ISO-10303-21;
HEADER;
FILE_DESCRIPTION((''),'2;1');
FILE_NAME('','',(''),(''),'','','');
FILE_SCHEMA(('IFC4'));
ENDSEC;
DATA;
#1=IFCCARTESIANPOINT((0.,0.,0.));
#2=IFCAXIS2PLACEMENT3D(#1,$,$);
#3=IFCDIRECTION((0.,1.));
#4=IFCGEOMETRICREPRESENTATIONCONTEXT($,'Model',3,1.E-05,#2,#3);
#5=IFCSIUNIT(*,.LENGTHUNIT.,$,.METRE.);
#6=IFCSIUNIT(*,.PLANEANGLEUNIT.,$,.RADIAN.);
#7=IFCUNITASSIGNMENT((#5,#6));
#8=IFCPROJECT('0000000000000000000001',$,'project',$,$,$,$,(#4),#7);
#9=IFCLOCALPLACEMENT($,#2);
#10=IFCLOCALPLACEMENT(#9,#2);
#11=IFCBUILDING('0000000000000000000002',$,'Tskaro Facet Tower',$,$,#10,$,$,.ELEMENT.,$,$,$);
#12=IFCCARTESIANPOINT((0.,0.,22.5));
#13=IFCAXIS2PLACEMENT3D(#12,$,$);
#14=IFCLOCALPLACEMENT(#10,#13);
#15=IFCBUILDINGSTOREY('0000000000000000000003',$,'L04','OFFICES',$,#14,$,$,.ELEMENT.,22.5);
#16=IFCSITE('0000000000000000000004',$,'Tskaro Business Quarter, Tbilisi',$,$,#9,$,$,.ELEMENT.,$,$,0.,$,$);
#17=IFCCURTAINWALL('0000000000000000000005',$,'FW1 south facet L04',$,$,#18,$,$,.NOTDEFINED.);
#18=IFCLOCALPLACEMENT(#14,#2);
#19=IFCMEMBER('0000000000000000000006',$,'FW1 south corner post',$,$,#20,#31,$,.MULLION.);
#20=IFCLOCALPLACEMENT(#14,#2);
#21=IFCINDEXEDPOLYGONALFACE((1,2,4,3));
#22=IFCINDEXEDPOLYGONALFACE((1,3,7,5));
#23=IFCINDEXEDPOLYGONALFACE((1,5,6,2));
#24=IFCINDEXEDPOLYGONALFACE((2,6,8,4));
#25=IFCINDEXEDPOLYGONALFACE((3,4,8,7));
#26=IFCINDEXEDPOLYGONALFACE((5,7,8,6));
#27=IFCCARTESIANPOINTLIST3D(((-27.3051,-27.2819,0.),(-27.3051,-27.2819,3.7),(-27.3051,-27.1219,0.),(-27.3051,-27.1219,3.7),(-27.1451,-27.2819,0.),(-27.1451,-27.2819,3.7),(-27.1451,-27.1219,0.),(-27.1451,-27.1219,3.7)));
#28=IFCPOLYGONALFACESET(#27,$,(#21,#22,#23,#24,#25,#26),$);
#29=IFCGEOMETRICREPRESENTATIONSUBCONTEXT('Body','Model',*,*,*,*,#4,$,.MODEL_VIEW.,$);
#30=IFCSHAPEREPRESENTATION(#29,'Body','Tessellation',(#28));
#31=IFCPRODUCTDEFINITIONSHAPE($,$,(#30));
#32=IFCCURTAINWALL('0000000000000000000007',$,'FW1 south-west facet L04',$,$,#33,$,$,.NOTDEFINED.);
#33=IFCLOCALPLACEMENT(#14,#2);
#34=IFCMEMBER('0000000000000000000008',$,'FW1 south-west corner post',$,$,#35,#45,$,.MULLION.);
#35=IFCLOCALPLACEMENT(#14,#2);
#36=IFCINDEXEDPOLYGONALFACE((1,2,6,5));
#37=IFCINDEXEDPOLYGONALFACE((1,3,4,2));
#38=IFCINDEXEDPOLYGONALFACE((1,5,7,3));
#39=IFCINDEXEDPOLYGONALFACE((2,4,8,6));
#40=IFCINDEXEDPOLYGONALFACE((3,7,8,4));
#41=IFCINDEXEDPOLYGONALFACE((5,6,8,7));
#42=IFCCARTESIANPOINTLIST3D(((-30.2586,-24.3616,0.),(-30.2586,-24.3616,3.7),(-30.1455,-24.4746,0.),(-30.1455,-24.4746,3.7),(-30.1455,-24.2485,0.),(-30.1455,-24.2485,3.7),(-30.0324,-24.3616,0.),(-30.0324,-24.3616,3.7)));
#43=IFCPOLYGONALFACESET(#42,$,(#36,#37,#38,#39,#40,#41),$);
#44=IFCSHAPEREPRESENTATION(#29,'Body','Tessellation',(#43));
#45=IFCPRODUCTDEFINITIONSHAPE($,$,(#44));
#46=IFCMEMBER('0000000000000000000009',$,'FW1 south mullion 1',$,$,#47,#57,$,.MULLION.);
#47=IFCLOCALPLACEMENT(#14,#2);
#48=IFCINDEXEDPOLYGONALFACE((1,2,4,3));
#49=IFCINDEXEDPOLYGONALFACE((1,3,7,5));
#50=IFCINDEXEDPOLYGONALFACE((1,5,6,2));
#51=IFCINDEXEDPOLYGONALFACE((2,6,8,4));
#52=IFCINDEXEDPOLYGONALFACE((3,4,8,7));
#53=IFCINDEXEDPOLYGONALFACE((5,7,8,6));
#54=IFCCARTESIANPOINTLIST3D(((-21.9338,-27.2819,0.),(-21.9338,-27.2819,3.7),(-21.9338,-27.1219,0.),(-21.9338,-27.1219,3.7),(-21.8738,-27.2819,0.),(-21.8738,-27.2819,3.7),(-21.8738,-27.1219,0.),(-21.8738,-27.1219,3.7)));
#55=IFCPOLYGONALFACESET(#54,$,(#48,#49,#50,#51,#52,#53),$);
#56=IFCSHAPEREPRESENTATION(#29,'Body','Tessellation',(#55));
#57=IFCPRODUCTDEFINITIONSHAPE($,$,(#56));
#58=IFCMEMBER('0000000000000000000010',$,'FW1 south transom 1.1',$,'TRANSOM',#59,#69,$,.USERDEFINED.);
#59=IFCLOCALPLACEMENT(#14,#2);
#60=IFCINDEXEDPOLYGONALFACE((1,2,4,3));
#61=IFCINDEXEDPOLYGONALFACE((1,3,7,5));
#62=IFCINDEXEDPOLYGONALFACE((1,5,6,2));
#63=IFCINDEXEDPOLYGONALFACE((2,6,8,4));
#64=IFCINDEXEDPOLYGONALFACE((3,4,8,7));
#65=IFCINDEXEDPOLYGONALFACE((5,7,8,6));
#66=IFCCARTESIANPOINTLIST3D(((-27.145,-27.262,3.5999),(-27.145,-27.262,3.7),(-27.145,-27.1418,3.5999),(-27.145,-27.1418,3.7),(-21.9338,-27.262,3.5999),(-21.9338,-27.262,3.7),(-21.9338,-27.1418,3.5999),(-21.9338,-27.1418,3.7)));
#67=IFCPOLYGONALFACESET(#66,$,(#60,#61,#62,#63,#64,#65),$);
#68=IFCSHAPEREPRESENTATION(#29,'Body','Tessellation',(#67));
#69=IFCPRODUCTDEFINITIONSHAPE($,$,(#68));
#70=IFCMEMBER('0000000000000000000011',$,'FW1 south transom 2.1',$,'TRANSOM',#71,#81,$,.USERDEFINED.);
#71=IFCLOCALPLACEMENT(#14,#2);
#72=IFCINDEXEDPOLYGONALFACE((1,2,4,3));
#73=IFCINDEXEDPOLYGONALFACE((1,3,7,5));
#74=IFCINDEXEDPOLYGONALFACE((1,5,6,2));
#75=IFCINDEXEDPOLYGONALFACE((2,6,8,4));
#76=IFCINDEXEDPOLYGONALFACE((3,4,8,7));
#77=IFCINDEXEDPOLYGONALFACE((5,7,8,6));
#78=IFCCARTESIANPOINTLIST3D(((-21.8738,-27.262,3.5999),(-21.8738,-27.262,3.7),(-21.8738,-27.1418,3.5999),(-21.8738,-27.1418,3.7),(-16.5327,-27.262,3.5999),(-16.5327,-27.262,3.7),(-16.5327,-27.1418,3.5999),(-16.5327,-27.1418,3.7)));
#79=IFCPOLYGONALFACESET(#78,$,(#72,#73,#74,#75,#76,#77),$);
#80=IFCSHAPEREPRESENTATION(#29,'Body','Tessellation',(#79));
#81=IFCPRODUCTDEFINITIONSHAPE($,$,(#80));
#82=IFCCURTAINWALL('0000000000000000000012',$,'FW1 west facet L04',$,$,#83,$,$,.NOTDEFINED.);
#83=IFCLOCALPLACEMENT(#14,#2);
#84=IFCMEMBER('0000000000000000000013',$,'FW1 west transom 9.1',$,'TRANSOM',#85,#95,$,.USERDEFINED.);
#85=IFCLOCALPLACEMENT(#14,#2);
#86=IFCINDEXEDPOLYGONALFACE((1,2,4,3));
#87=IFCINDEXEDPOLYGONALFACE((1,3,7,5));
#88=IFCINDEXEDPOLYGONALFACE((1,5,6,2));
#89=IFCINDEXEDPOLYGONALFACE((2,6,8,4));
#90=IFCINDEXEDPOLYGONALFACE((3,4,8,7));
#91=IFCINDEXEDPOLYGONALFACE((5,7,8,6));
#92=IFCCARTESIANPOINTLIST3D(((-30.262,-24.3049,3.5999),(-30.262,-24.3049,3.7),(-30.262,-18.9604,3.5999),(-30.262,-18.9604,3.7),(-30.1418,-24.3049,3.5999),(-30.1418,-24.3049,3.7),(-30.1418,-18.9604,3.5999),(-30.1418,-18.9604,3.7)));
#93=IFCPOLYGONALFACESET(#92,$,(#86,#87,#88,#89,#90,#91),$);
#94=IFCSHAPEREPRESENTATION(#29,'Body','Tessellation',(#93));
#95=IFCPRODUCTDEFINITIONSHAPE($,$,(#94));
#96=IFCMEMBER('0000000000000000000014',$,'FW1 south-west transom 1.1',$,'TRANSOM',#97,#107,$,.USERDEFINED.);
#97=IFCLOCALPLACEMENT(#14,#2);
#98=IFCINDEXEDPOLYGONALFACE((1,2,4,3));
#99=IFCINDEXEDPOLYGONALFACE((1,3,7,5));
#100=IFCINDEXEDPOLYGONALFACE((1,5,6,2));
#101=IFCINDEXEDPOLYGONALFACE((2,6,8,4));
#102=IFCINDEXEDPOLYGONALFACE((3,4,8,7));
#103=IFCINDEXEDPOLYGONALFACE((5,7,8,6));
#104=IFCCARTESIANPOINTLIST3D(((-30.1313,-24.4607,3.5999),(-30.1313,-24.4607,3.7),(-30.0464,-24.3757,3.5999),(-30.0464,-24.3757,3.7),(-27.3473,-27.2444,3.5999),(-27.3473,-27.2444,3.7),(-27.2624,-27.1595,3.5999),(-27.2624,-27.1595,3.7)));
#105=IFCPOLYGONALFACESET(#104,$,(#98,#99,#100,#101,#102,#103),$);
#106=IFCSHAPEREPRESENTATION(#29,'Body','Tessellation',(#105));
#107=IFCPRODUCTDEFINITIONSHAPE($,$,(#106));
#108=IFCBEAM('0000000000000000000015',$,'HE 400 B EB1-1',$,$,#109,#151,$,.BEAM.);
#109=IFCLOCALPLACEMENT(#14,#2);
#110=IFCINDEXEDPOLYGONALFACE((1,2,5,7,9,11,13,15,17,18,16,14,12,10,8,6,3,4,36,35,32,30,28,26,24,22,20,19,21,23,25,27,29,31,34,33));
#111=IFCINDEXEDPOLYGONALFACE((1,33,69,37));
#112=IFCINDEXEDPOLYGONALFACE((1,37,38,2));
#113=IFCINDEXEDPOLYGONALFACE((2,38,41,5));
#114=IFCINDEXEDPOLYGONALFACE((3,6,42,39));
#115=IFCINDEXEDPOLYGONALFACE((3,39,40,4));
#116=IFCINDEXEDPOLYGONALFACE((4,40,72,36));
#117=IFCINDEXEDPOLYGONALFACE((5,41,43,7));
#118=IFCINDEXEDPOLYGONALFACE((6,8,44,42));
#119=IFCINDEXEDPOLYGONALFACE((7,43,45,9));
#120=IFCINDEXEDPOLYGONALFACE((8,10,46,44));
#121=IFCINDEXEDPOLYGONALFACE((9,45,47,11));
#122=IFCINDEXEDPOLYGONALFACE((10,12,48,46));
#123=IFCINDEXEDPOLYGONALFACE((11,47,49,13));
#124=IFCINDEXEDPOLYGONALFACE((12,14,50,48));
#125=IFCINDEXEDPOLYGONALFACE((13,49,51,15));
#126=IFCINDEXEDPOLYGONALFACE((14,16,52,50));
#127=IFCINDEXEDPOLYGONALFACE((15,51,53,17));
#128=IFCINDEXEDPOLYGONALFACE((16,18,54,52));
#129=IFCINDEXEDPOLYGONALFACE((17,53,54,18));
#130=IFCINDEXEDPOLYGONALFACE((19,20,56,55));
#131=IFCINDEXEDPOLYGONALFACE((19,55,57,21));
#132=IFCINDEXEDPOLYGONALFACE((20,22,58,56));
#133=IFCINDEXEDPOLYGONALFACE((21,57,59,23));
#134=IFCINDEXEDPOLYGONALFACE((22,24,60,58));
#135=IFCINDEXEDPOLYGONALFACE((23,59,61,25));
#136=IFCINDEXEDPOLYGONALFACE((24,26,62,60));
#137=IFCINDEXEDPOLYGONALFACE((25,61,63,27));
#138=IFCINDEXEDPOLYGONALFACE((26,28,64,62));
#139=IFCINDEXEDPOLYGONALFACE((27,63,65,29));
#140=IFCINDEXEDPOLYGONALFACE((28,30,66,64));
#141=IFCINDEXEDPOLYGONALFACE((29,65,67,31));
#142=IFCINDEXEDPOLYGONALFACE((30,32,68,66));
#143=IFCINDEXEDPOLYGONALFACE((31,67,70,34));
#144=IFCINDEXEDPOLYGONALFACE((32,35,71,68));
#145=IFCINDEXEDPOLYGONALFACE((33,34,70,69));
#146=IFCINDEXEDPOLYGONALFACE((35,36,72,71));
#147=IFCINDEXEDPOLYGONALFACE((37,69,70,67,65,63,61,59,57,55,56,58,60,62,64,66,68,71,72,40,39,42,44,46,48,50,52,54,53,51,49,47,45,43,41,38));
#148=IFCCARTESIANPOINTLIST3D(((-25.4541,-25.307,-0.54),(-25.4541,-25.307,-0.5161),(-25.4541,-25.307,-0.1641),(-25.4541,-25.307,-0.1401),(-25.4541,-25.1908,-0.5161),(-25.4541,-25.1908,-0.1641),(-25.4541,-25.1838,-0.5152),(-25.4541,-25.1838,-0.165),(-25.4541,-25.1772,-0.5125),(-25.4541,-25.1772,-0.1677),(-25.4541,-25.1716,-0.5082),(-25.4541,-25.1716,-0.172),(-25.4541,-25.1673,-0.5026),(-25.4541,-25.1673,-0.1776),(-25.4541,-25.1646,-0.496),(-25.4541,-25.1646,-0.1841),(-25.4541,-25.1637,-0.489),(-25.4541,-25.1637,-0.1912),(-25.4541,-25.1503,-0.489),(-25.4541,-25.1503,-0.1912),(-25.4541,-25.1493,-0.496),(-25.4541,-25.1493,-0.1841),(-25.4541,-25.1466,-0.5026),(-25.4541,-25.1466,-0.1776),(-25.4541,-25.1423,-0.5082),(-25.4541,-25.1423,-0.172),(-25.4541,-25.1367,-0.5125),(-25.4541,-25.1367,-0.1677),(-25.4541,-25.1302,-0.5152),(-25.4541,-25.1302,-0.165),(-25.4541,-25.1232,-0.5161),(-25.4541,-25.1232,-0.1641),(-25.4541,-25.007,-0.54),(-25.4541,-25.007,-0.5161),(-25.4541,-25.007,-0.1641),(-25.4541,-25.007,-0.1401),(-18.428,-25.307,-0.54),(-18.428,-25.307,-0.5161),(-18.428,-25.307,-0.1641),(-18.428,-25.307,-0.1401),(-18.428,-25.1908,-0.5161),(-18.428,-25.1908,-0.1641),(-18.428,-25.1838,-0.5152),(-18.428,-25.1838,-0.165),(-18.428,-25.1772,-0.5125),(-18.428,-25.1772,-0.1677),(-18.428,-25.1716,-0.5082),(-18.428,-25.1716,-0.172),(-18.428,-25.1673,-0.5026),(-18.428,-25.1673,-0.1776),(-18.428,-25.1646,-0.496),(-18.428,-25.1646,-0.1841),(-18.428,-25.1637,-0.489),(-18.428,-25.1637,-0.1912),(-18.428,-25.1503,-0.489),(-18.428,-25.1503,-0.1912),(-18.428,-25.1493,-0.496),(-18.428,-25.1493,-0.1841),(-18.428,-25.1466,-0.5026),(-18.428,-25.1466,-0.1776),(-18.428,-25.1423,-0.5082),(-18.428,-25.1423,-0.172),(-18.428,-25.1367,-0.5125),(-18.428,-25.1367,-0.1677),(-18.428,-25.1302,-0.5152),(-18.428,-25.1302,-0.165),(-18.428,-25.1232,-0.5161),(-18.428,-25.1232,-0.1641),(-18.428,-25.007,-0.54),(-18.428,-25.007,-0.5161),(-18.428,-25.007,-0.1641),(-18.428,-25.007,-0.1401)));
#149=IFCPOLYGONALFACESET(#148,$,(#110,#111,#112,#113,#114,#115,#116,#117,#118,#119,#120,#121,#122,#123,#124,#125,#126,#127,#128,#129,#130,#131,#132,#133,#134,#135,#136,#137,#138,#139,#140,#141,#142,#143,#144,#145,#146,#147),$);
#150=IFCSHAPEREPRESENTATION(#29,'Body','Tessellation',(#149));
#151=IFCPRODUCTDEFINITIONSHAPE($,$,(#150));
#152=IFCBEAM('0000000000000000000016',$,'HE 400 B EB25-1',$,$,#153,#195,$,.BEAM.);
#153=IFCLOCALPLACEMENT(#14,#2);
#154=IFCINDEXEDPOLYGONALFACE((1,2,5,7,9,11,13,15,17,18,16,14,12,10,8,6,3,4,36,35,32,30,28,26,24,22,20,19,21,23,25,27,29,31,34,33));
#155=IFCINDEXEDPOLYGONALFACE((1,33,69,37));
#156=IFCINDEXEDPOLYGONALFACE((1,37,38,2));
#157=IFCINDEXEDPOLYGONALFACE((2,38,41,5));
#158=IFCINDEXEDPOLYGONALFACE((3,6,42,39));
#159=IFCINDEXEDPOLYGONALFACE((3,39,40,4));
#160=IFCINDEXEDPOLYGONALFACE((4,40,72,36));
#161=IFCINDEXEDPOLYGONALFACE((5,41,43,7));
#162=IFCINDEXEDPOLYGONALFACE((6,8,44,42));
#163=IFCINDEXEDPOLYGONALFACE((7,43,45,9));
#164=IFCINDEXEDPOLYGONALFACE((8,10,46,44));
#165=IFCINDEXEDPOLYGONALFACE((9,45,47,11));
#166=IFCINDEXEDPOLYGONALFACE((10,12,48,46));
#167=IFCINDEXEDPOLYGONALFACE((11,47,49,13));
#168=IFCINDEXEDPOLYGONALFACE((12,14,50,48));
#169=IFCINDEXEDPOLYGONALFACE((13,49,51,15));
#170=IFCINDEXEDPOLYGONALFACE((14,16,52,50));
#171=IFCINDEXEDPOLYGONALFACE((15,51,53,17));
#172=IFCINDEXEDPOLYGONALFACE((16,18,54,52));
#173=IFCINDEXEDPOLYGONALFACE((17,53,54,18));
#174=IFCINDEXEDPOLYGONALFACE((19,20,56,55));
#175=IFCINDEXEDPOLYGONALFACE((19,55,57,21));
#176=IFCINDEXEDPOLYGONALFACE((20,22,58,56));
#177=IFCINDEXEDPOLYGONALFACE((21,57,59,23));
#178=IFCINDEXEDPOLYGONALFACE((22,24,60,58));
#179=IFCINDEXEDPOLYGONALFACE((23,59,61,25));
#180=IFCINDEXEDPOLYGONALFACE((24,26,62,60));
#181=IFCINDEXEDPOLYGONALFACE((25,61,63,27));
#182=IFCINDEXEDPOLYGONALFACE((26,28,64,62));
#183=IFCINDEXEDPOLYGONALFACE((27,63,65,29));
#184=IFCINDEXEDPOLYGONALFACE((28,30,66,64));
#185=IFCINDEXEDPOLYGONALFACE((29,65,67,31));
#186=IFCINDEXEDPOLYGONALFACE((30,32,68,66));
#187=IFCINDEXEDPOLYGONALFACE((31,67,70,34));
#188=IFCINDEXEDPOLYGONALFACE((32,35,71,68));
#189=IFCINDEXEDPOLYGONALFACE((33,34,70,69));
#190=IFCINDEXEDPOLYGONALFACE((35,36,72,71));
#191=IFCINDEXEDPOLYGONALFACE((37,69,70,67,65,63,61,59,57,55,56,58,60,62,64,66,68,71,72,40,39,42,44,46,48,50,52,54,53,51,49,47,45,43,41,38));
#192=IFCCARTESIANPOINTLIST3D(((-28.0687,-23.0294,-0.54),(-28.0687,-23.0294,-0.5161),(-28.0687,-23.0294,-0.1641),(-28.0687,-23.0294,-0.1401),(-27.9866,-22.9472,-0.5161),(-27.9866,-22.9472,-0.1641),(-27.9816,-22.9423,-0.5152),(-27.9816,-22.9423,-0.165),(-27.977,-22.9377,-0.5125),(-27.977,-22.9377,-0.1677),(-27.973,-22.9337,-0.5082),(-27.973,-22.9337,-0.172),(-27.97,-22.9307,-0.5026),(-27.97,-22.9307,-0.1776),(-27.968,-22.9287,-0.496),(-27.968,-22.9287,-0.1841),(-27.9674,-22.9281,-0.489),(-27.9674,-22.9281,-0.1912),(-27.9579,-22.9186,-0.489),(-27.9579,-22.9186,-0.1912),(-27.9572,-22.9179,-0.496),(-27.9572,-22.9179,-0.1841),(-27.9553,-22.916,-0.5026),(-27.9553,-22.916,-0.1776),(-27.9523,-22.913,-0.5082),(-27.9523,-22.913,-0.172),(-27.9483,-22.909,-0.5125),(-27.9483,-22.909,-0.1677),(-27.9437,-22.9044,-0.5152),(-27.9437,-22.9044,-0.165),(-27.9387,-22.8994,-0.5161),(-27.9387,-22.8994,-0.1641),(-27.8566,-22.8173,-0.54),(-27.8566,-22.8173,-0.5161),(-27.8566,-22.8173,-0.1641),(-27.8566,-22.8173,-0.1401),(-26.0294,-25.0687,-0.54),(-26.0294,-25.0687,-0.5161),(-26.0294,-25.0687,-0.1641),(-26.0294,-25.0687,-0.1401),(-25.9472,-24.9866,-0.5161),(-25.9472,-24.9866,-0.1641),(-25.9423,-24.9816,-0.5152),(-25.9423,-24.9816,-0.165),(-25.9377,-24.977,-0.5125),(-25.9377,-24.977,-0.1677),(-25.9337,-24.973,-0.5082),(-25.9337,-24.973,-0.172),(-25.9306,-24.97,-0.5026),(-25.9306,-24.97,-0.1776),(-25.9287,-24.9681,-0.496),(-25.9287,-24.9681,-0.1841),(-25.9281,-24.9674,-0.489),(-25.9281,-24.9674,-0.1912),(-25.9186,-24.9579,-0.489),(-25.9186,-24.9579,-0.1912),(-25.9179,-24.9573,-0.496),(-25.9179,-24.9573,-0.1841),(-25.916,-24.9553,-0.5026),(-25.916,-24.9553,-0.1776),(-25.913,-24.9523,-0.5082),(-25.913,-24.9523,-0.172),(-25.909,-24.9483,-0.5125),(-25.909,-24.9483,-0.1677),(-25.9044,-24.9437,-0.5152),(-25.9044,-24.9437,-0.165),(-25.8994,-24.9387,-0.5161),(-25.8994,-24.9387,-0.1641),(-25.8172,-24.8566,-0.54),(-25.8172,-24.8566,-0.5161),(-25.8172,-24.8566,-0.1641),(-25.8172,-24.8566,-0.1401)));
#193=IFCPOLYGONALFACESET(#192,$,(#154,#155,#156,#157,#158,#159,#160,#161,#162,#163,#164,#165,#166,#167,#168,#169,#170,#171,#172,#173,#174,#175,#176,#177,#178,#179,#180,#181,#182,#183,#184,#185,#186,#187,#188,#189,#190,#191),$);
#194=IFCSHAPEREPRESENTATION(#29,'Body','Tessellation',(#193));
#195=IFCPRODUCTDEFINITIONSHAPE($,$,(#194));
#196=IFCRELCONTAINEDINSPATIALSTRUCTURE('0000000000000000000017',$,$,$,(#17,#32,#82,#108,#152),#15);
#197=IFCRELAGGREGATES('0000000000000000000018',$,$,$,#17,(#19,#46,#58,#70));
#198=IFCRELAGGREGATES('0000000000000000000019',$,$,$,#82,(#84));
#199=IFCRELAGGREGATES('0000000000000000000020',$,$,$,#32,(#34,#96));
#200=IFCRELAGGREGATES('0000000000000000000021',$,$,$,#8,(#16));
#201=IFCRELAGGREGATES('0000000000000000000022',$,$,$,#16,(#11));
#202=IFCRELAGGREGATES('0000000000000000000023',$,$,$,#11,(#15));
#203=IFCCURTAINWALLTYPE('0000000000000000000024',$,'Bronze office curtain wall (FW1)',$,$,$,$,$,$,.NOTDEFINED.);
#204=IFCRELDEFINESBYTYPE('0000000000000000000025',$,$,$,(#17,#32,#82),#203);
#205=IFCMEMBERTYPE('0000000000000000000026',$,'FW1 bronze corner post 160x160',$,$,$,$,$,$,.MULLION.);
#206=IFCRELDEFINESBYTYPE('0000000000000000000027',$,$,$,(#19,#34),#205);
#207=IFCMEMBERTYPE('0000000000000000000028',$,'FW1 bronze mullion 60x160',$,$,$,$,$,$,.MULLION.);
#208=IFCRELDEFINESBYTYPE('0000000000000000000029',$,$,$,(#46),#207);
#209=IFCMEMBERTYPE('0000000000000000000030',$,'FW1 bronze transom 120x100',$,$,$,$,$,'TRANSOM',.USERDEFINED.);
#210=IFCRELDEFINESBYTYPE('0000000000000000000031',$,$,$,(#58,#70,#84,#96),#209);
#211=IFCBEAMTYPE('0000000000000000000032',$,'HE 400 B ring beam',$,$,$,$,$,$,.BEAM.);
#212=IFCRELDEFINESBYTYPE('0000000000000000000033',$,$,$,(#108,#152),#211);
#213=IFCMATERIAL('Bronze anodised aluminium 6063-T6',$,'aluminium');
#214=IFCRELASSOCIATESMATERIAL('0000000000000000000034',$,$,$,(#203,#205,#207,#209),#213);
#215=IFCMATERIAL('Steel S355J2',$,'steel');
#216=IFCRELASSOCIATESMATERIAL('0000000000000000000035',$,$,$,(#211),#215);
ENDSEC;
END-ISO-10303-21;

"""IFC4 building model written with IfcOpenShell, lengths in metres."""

from ifc_helpers import new_model, si_unit, direction, frame, origin, origin_2d, place, context, subcontext, project, spatial, rectangle, i_section, extrude, material, material_profile, profile_set, type_object, element, aggregate, save


model = new_model("IFC4")

# Units and contexts
model_context = context("Model", 3, precision=1e-05, world=origin(), true_north=direction((0.0, 1.0)))
body_context = subcontext(model_context, "Body", "Model", "MODEL_VIEW")
ifc_project = project(units=[si_unit("LENGTHUNIT", "METRE"), si_unit("PLANEANGLEUNIT", "RADIAN")], contexts=[model_context])

# Site, building, storey
site_placement = place(None, origin())
site = spatial("IfcSite", under=ifc_project, at=site_placement, Name="Tskaro Business Quarter, Tbilisi", CompositionType="ELEMENT", RefElevation=0.0)
building_placement = place(site_placement, origin())
building = spatial("IfcBuilding", under=site, at=building_placement, Name="Tskaro Facet Tower", CompositionType="ELEMENT")
storey_placement = place(building_placement, frame((0.0, 0.0, 22.5)))
storey = spatial("IfcBuildingStorey", under=building, at=storey_placement, Name="L04", Description="OFFICES", CompositionType="ELEMENT", Elevation=22.5)

# Curtain walls, members
ifc_material_1 = material(Name="Bronze anodised aluminium 6063-T6", Category="aluminium")
curtain_wall_type = type_object("IfcCurtainWallType", Name="Bronze office curtain wall (FW1)", PredefinedType="NOTDEFINED", material=ifc_material_1)
curtain_wall_1_placement = place(storey_placement, origin())
curtain_wall_1 = element("IfcCurtainWall", 1, at=curtain_wall_1_placement, inside=storey, type_object=curtain_wall_type, Name="FW1 south facet L04", PredefinedType="NOTDEFINED")
ifc_material_profile_1 = material_profile(ifc_material_1, rectangle(XDim=0.1599, YDim=0.1599, at=origin_2d()), Name="Corner post 160x160")
ifc_profile_set_1 = profile_set([ifc_material_profile_1], Name="Bronze anodised aluminium 6063-T6")
member_type_1 = type_object("IfcMemberType", Name="FW1 bronze corner post 160x160", PredefinedType="MULLION", material=ifc_profile_set_1)
member_1_placement = place(storey_placement, frame((-27.2251, -27.2019, 0.0), z_axis=(0.0, 0.0, 1.0), x_axis=(1.0, 0.0, 0.0)))
member_1 = element("IfcMember", 2, at=member_1_placement, type_object=member_type_1, Name="FW1 south corner post", PredefinedType="MULLION", context=body_context, shape_type="SweptSolid", body=[
    extrude(rectangle(XDim=0.1599, YDim=0.1599, at=origin_2d()), origin(), (0.0, 0.0, 1.0), 3.7),
])
curtain_wall_2_placement = place(storey_placement, origin())
curtain_wall_2 = element("IfcCurtainWall", 3, at=curtain_wall_2_placement, inside=storey, type_object=curtain_wall_type, Name="FW1 south-west facet L04", PredefinedType="NOTDEFINED")
member_2_placement = place(storey_placement, frame((-30.1455, -24.3616, 0.0), z_axis=(0.0, 0.0, 1.0), x_axis=(0.707107, -0.707107, 0.0)))
member_2 = element("IfcMember", 4, at=member_2_placement, type_object=member_type_1, Name="FW1 south-west corner post", PredefinedType="MULLION", context=body_context, shape_type="SweptSolid", body=[
    extrude(rectangle(XDim=0.1599, YDim=0.1599, at=origin_2d()), origin(), (0.0, 0.0, 1.0), 3.7),
])

# Members
ifc_material_profile_2 = material_profile(ifc_material_1, rectangle(XDim=0.0601, YDim=0.1599, at=origin_2d()), Name="Mullion 60x160")
ifc_profile_set_2 = profile_set([ifc_material_profile_2], Name="Bronze anodised aluminium 6063-T6")
member_type_2 = type_object("IfcMemberType", Name="FW1 bronze mullion 60x160", PredefinedType="MULLION", material=ifc_profile_set_2)
member_3_placement = place(storey_placement, frame((-21.9038, -27.2019, 0.0), z_axis=(0.0, 0.0, 1.0), x_axis=(1.0, 0.0, 0.0)))
member_3 = element("IfcMember", 5, at=member_3_placement, type_object=member_type_2, Name="FW1 south mullion 1", PredefinedType="MULLION", context=body_context, shape_type="SweptSolid", body=[
    extrude(rectangle(XDim=0.0601, YDim=0.1599, at=origin_2d()), origin(), (0.0, 0.0, 1.0), 3.7),
])
ifc_material_profile_3 = material_profile(ifc_material_1, rectangle(XDim=0.1201, YDim=0.1001, at=origin_2d()), Name="Transom 120x100")
ifc_profile_set_3 = profile_set([ifc_material_profile_3], Name="Bronze anodised aluminium 6063-T6")
member_type_3 = type_object("IfcMemberType", Name="FW1 bronze transom 120x100", ElementType="TRANSOM", PredefinedType="USERDEFINED", material=ifc_profile_set_3)
member_4_placement = place(storey_placement, frame((-27.145, -27.2019, 3.6499), z_axis=(1.0, 0.0, 0.0), x_axis=(0.0, 1.0, 0.0)))
member_4 = element("IfcMember", 6, at=member_4_placement, type_object=member_type_3, Name="FW1 south transom 1.1", ObjectType="TRANSOM", PredefinedType="USERDEFINED", context=body_context, shape_type="SweptSolid", body=[
    extrude(rectangle(XDim=0.1201, YDim=0.1001, at=origin_2d()), origin(), (0.0, 0.0, 1.0), 5.2112),
])
member_5_placement = place(storey_placement, frame((-21.8738, -27.2019, 3.6499), z_axis=(1.0, 0.0, 0.0), x_axis=(0.0, 1.0, 0.0)))
member_5 = element("IfcMember", 7, at=member_5_placement, type_object=member_type_3, Name="FW1 south transom 2.1", ObjectType="TRANSOM", PredefinedType="USERDEFINED", context=body_context, shape_type="SweptSolid", body=[
    extrude(rectangle(XDim=0.1201, YDim=0.1001, at=origin_2d()), origin(), (0.0, 0.0, 1.0), 5.3411),
])

# Curtain wall, member
curtain_wall_3_placement = place(storey_placement, origin())
curtain_wall_3 = element("IfcCurtainWall", 8, at=curtain_wall_3_placement, inside=storey, type_object=curtain_wall_type, Name="FW1 west facet L04", PredefinedType="NOTDEFINED")
member_6_placement = place(storey_placement, frame((-30.2019, -18.9604, 3.6499), z_axis=(0.0, -1.0, 0.0), x_axis=(1.0, 0.0, 0.0)))
member_6 = element("IfcMember", 9, at=member_6_placement, type_object=member_type_3, Name="FW1 west transom 9.1", ObjectType="TRANSOM", PredefinedType="USERDEFINED", context=body_context, shape_type="SweptSolid", body=[
    extrude(rectangle(XDim=0.1201, YDim=0.1001, at=origin_2d()), origin(), (0.0, 0.0, 1.0), 5.3445),
])

# Member
member_7_placement = place(storey_placement, frame((-30.0889, -24.4182, 3.6499), z_axis=(0.707138, -0.707076, 0.0), x_axis=(0.707076, 0.707138, 0.0)))
member_7 = element("IfcMember", 10, at=member_7_placement, type_object=member_type_3, Name="FW1 south-west transom 1.1", ObjectType="TRANSOM", PredefinedType="USERDEFINED", context=body_context, shape_type="SweptSolid", body=[
    extrude(rectangle(XDim=0.1201, YDim=0.1001, at=origin_2d()), origin(), (0.0, 0.0, 1.0), 3.937),
])

# Beams
ifc_material_2 = material(Name="Steel S355J2", Category="steel")
ifc_material_profile_4 = material_profile(ifc_material_2, i_section(OverallWidth=0.3, OverallDepth=0.3999, WebThickness=0.0134, FlangeThickness=0.0239, FilletRadius=0.0271, at=origin_2d()), Name="HE 400 B")
ifc_profile_set_4 = profile_set([ifc_material_profile_4], Name="Steel S355J2")
beam_type_1 = type_object("IfcBeamType", Name="HE 400 B ring beam", PredefinedType="BEAM", material=ifc_profile_set_4)
beam_1_placement = place(storey_placement, frame((-25.4541, -25.157, -0.3401), z_axis=(1.0, 0.0, 0.0), x_axis=(0.0, 1.0, 0.0)))
element("IfcBeam", 11, at=beam_1_placement, inside=storey, type_object=beam_type_1, Name="HE 400 B EB1-1", PredefinedType="BEAM", context=body_context, shape_type="SweptSolid", body=[
    extrude(i_section(OverallWidth=0.3, OverallDepth=0.3999, WebThickness=0.0134, FlangeThickness=0.0239, FilletRadius=0.0271, at=origin_2d()), origin(), (0.0, 0.0, 1.0), 7.0261),
])
beam_2_placement = place(storey_placement, frame((-27.9626, -22.9233, -0.3401), z_axis=(0.707107, -0.707107, 0.0), x_axis=(0.707107, 0.707107, 0.0)))
element("IfcBeam", 12, at=beam_2_placement, inside=storey, type_object=beam_type_1, Name="HE 400 B EB25-1", PredefinedType="BEAM", context=body_context, shape_type="SweptSolid", body=[
    extrude(i_section(OverallWidth=0.3, OverallDepth=0.3999, WebThickness=0.0134, FlangeThickness=0.0239, FilletRadius=0.0271, at=origin_2d()), origin(), (0.0, 0.0, 1.0), 2.884),
])

aggregate(curtain_wall_1, [member_1, member_3, member_4, member_5])
aggregate(curtain_wall_3, [member_6])
aggregate(curtain_wall_2, [member_2, member_7])

save(model, "model.ifc")
